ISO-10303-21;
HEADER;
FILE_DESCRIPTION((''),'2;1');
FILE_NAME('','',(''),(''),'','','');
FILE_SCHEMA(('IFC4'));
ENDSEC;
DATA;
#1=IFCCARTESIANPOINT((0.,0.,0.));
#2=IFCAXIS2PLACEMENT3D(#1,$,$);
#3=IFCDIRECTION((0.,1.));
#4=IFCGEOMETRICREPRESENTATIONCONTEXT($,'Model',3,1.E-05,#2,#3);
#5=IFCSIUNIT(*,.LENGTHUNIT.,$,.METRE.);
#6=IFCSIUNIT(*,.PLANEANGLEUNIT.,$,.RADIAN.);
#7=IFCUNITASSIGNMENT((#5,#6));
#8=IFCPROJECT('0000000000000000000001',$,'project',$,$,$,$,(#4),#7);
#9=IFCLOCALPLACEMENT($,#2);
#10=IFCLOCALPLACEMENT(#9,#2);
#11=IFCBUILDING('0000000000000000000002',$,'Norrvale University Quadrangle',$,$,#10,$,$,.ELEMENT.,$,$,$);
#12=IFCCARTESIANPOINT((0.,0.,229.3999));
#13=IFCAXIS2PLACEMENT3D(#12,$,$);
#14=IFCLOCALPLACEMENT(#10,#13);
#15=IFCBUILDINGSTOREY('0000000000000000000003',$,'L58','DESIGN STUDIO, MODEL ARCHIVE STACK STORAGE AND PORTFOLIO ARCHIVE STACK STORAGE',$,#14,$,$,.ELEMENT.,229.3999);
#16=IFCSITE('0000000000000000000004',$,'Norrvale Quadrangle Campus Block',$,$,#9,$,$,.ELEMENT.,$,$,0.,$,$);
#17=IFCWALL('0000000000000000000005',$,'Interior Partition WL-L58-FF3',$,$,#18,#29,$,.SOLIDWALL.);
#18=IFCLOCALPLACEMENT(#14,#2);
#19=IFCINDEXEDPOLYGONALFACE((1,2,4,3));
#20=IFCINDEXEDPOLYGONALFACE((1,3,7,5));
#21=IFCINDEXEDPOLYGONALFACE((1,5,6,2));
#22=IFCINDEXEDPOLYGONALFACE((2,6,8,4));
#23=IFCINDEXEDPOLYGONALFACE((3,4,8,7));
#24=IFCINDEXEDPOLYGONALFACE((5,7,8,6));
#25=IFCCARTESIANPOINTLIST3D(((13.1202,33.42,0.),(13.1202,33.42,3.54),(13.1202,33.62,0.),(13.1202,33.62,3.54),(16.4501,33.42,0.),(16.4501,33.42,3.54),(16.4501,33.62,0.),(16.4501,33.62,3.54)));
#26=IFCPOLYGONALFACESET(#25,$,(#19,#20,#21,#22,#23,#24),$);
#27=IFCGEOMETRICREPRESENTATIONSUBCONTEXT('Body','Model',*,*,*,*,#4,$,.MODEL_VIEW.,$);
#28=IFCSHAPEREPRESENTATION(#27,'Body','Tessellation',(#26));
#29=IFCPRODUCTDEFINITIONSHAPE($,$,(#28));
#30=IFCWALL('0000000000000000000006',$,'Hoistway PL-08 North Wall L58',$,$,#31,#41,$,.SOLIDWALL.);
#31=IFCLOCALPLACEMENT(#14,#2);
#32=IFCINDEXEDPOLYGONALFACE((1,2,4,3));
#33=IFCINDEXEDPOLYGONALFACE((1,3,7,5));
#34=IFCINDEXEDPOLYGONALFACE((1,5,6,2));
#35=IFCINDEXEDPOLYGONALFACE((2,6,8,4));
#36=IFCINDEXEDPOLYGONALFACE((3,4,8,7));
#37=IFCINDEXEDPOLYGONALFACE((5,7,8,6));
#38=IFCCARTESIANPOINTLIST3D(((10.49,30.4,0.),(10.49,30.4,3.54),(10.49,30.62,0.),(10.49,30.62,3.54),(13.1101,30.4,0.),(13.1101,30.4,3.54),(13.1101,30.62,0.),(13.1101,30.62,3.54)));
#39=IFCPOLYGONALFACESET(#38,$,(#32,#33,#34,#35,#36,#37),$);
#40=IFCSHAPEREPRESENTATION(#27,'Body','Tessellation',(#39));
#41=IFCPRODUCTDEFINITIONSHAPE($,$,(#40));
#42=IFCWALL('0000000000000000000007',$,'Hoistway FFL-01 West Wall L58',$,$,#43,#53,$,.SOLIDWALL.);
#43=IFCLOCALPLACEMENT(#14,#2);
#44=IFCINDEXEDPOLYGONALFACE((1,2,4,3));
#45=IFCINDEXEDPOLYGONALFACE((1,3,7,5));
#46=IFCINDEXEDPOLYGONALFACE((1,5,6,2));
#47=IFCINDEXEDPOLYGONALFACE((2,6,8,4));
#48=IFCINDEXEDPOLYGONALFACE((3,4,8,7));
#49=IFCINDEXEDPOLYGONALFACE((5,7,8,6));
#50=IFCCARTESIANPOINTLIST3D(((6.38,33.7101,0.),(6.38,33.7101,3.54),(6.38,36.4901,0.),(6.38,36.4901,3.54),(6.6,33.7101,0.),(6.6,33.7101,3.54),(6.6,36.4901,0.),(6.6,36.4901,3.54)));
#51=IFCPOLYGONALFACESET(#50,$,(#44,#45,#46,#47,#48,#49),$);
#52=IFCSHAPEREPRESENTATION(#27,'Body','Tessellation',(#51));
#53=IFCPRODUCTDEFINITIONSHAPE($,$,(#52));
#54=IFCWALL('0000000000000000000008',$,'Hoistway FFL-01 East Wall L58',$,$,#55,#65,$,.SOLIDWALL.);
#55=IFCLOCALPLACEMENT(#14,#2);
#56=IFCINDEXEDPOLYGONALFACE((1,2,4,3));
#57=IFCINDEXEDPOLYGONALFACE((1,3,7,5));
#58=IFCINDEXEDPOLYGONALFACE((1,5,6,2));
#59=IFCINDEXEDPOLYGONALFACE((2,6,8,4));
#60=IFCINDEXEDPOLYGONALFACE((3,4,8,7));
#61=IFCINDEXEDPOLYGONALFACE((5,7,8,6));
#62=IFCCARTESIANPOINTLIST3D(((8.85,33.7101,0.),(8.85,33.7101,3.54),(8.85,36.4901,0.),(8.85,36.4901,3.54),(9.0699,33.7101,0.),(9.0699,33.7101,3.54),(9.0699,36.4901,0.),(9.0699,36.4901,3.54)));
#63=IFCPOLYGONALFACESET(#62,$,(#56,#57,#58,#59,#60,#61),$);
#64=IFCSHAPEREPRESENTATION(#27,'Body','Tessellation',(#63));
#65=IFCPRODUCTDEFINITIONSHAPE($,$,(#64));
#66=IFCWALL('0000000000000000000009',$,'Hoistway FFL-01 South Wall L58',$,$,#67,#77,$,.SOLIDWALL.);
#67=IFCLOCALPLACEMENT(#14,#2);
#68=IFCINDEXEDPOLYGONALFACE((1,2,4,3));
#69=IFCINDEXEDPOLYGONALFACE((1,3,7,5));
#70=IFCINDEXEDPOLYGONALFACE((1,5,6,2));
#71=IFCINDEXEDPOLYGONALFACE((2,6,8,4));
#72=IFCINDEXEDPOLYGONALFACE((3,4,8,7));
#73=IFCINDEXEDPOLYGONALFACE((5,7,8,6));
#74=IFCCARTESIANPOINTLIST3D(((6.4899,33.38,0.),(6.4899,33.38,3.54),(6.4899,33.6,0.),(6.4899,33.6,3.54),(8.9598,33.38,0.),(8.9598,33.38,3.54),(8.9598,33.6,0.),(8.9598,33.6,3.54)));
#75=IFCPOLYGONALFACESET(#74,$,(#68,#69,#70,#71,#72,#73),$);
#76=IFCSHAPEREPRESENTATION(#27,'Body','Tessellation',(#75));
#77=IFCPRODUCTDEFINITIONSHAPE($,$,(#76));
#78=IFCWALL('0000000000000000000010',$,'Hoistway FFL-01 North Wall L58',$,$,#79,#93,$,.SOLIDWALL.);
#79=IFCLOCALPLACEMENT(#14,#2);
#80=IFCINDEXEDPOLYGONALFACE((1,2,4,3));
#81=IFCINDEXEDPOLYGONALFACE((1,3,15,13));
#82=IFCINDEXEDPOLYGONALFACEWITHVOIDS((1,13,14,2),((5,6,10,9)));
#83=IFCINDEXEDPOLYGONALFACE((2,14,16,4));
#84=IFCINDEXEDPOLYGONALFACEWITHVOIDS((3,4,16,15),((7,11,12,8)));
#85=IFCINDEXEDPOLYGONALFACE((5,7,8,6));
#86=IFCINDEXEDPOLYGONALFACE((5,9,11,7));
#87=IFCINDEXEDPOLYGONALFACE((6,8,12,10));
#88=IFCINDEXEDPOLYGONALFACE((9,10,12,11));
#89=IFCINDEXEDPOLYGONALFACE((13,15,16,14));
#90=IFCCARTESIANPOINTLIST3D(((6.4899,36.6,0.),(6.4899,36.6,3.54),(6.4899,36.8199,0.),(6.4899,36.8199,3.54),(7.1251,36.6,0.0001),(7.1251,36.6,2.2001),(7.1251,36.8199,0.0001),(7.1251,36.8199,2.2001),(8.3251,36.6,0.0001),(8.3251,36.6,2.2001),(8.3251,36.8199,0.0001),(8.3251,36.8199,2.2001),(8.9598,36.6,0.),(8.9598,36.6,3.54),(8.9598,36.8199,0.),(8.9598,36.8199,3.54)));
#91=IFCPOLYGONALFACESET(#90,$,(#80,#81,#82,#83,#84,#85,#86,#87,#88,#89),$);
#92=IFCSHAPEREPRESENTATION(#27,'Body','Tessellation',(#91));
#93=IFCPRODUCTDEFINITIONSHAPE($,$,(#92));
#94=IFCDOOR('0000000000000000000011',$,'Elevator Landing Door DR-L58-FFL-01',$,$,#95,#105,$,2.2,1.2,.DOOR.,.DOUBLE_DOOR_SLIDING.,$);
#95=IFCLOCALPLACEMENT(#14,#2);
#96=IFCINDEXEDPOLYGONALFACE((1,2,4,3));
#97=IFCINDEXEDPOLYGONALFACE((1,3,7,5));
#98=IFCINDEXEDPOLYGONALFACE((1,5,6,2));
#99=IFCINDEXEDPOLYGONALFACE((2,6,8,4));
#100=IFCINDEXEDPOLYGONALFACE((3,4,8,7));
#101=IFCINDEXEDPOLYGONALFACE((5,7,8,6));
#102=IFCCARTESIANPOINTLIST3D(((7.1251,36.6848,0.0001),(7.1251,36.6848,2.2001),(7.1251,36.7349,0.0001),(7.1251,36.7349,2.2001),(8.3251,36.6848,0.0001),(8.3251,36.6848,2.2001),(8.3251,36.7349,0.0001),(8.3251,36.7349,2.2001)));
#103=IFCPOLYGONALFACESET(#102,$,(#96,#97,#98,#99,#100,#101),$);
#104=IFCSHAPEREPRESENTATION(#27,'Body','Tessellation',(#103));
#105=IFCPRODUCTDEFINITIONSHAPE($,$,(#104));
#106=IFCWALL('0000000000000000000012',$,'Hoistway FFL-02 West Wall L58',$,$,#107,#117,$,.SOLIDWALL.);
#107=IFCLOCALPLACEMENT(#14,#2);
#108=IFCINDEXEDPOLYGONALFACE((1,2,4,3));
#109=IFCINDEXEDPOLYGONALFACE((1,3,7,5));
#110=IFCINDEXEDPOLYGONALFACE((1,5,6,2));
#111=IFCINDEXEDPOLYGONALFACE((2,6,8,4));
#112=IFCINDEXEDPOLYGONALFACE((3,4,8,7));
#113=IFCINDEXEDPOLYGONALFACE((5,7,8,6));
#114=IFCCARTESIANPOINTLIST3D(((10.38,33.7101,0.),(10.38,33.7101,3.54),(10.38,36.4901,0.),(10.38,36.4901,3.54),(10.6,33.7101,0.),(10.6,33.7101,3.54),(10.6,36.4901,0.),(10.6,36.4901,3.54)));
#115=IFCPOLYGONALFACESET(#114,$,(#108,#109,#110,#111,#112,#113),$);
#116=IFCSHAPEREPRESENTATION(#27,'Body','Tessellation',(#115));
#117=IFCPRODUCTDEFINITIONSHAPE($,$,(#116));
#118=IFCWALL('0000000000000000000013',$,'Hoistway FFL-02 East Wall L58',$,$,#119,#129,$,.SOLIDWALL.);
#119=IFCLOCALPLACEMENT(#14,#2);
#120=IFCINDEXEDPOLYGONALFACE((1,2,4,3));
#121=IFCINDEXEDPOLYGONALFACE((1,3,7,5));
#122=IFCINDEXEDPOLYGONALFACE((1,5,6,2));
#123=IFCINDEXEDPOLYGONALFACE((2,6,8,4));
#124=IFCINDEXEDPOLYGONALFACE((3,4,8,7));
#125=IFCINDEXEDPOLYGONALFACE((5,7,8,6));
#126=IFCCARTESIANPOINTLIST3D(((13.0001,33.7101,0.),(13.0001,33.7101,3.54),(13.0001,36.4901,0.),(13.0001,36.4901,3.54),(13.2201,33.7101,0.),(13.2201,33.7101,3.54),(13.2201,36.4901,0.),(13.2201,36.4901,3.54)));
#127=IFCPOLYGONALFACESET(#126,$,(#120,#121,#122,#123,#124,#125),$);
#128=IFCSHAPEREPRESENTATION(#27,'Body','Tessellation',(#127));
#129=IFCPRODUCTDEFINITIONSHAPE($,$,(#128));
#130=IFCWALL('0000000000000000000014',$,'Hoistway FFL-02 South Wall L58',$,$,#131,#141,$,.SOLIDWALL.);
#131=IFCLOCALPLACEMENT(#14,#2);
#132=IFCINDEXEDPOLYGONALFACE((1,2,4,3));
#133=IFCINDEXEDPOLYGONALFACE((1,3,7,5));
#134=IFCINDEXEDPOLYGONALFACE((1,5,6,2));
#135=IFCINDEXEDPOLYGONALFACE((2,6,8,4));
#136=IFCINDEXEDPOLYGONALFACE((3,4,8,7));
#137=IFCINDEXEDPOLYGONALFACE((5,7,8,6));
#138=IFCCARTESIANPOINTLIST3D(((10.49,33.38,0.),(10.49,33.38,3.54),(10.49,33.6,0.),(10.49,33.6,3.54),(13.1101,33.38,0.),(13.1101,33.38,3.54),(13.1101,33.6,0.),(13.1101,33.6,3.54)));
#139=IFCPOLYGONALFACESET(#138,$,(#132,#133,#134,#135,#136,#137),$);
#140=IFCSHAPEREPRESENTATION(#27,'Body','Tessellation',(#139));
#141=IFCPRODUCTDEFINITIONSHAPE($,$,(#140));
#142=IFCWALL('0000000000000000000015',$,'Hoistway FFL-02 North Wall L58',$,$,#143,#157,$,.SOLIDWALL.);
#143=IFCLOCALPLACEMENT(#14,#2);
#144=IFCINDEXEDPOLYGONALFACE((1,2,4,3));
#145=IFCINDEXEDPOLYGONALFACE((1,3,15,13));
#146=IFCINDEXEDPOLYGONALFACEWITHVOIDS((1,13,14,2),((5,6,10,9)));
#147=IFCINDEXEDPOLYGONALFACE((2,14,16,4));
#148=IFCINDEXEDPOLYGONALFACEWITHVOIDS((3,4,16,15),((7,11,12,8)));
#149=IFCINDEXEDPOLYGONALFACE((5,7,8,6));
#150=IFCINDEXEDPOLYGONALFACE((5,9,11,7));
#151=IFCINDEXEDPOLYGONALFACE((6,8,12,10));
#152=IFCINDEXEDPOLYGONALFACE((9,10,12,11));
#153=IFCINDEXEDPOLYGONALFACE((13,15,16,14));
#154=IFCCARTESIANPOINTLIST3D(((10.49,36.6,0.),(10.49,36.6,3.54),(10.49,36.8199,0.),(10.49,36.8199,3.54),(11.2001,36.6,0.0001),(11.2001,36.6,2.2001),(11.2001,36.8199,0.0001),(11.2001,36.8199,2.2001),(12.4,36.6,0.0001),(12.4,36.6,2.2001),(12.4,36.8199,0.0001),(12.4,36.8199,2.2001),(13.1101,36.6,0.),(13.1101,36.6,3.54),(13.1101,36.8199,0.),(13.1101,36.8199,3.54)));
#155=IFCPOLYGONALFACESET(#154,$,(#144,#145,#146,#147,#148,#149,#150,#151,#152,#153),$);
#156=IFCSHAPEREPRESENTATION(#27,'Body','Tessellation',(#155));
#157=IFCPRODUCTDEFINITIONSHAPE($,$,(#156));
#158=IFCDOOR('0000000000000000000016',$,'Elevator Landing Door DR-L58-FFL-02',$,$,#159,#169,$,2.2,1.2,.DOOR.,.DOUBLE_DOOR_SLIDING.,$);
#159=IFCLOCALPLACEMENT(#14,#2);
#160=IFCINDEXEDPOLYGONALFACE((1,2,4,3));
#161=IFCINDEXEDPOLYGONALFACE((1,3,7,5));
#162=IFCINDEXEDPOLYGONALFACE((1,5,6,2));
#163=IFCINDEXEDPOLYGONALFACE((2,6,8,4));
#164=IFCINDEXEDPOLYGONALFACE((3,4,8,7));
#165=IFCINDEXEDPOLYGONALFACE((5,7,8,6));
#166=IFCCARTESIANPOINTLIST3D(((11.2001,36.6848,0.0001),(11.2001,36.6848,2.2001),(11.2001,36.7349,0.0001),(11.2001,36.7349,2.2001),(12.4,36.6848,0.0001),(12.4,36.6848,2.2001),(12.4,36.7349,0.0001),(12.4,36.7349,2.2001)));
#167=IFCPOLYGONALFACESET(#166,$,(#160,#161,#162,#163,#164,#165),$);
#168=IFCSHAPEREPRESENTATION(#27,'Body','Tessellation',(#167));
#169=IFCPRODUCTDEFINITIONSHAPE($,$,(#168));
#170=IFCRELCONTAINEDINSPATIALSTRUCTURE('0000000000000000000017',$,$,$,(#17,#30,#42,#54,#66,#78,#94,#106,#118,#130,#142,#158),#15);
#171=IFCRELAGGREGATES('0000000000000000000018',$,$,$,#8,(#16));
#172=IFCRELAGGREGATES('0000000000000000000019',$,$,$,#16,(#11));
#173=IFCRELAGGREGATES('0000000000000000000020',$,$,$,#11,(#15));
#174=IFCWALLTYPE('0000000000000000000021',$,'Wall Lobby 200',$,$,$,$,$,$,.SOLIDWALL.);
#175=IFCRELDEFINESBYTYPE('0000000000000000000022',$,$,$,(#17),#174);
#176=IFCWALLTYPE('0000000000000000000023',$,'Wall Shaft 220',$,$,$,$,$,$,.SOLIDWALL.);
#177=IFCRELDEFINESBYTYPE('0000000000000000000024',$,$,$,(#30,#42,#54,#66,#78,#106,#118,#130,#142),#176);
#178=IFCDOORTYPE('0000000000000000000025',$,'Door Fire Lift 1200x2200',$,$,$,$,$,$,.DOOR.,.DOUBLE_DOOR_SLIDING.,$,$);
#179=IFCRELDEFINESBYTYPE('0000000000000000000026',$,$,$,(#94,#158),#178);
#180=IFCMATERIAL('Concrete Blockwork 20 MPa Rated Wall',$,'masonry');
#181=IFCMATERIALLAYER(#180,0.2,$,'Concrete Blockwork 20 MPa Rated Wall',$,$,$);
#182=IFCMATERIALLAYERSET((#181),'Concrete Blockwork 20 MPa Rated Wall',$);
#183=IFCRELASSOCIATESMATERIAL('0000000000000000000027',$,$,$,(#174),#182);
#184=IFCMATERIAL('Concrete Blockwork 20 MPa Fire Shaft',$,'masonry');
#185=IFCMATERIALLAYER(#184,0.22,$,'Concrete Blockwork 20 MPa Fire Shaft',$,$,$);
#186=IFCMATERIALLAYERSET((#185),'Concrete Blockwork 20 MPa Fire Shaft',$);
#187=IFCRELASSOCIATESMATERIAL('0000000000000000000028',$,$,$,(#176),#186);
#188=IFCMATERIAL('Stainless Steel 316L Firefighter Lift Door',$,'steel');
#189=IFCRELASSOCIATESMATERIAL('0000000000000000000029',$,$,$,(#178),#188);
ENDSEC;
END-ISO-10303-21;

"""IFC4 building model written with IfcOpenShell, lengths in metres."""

from ifc_helpers import new_model, si_unit, direction, frame, frame_2d, origin, place, context, subcontext, project, spatial, rectangle, extrude, material, layer, layer_set, type_object, element, fill, save


model = new_model("IFC4")

# Units and contexts
model_context = context("Model", 3, precision=1e-05, world=origin(), true_north=direction((0.0, 1.0)))
body_context = subcontext(model_context, "Body", "Model", "MODEL_VIEW")
ifc_project = project(units=[si_unit("LENGTHUNIT", "METRE"), si_unit("PLANEANGLEUNIT", "RADIAN")], contexts=[model_context])

# Site, building, storey
site_placement = place(None, origin())
site = spatial("IfcSite", under=ifc_project, at=site_placement, Name="Norrvale Quadrangle Campus Block", CompositionType="ELEMENT", RefElevation=0.0)
building_placement = place(site_placement, origin())
building = spatial("IfcBuilding", under=site, at=building_placement, Name="Norrvale University Quadrangle", CompositionType="ELEMENT")
storey_placement = place(building_placement, frame((0.0, 0.0, 229.3999)))
storey = spatial("IfcBuildingStorey", under=building, at=storey_placement, Name="L58", Description="DESIGN STUDIO, MODEL ARCHIVE STACK STORAGE AND PORTFOLIO ARCHIVE STACK STORAGE", CompositionType="ELEMENT", Elevation=229.3999)

# Walls
ifc_material_1 = material(Name="Concrete Blockwork 20 MPa Rated Wall", Category="masonry")
ifc_layer_1 = layer(ifc_material_1, 0.2, Name="Concrete Blockwork 20 MPa Rated Wall")
ifc_layer_set_1 = layer_set([ifc_layer_1], Name="Concrete Blockwork 20 MPa Rated Wall")
wall_type_1 = type_object("IfcWallType", Name="Wall Lobby 200", PredefinedType="SOLIDWALL", material=ifc_layer_set_1)
wall_1_placement = place(storey_placement, frame((13.1201, 33.52, 0.0), z_axis=(0.0, 0.0, 1.0), x_axis=(1.0, 0.0, 0.0)))
element("IfcWall", 1, at=wall_1_placement, inside=storey, type_object=wall_type_1, Name="Interior Partition WL-L58-FF3", PredefinedType="SOLIDWALL", context=body_context, shape_type="SweptSolid", body=[
    extrude(rectangle(XDim=3.3298, YDim=0.2, at=frame_2d((1.665, 0.0))), origin(), (0.0, 0.0, 1.0), 3.54),
])
ifc_material_2 = material(Name="Concrete Blockwork 20 MPa Fire Shaft", Category="masonry")
ifc_layer_2 = layer(ifc_material_2, 0.22, Name="Concrete Blockwork 20 MPa Fire Shaft")
ifc_layer_set_2 = layer_set([ifc_layer_2], Name="Concrete Blockwork 20 MPa Fire Shaft")
wall_type_2 = type_object("IfcWallType", Name="Wall Shaft 220", PredefinedType="SOLIDWALL", material=ifc_layer_set_2)
wall_2_placement = place(storey_placement, frame((10.49, 30.51, 0.0), z_axis=(0.0, 0.0, 1.0), x_axis=(1.0, 0.0, 0.0)))
element("IfcWall", 2, at=wall_2_placement, inside=storey, type_object=wall_type_2, Name="Hoistway PL-08 North Wall L58", PredefinedType="SOLIDWALL", context=body_context, shape_type="SweptSolid", body=[
    extrude(rectangle(XDim=2.6201, YDim=0.22, at=frame_2d((1.3101, 0.0))), origin(), (0.0, 0.0, 1.0), 3.54),
])
for number, where, z_axis, x_axis, name in (
    (3, (6.49, 33.71, 0.0), (0.0, 0.0, 1.0), (0.0, 1.0, 0.0), "Hoistway FFL-01 West Wall L58"),
    (4, (8.96, 33.71, 0.0), (0.0, 0.0, 1.0), (0.0, 1.0, 0.0), "Hoistway FFL-01 East Wall L58"),
):
    element("IfcWall", number, at=place(storey_placement, frame(where, z_axis=z_axis, x_axis=x_axis)), inside=storey, type_object=wall_type_2, Name=name, PredefinedType="SOLIDWALL", context=body_context, shape_type="SweptSolid", body=[
        extrude(rectangle(XDim=2.78, YDim=0.22, at=frame_2d((1.3901, 0.0))), origin(), (0.0, 0.0, 1.0), 3.54),
    ])
wall_3_placement = place(storey_placement, frame((6.49, 33.49, 0.0), z_axis=(0.0, 0.0, 1.0), x_axis=(1.0, 0.0, 0.0)))
element("IfcWall", 5, at=wall_3_placement, inside=storey, type_object=wall_type_2, Name="Hoistway FFL-01 South Wall L58", PredefinedType="SOLIDWALL", context=body_context, shape_type="SweptSolid", body=[
    extrude(rectangle(XDim=2.47, YDim=0.22, at=frame_2d((1.2349, 0.0))), origin(), (0.0, 0.0, 1.0), 3.54),
])

# Wall, opening, door
wall_4_placement = place(storey_placement, frame((6.49, 36.71, 0.0), z_axis=(0.0, 0.0, 1.0), x_axis=(1.0, 0.0, 0.0)))
wall_4 = element("IfcWall", 6, at=wall_4_placement, inside=storey, type_object=wall_type_2, Name="Hoistway FFL-01 North Wall L58", PredefinedType="SOLIDWALL", context=body_context, shape_type="SweptSolid", body=[
    extrude(rectangle(XDim=2.47, YDim=0.22, at=frame_2d((1.2349, 0.0))), origin(), (0.0, 0.0, 1.0), 3.54),
])
opening_1_placement = place(wall_4_placement, frame((0.635, 0.0, 0.0)))
opening_1 = element("IfcOpeningElement", 7, at=opening_1_placement, cuts=wall_4, PredefinedType="OPENING", context=body_context, shape_type="SweptSolid", body=[
    extrude(rectangle(XDim=1.2, YDim=2.2, at=frame_2d((0.6001, 1.1001))), frame((0.0, 0.1221, 0.0), z_axis=(0.0, -1.0, 0.0), x_axis=(1.0, 0.0, 0.0)), (0.0, 0.0, 1.0), 0.2439),
])
ifc_material_3 = material(Name="Stainless Steel 316L Firefighter Lift Door", Category="steel")
door_type_1 = type_object("IfcDoorType", Name="Door Fire Lift 1200x2200", OperationType="DOUBLE_DOOR_SLIDING", PredefinedType="DOOR", material=ifc_material_3)
door_1_placement = place(opening_1_placement, origin())
door_1 = element("IfcDoor", 8, at=door_1_placement, inside=storey, type_object=door_type_1, Name="Elevator Landing Door DR-L58-FFL-01", OperationType="DOUBLE_DOOR_SLIDING", OverallHeight=2.2, OverallWidth=1.2, PredefinedType="DOOR", context=body_context, shape_type="SweptSolid", body=[
    extrude(rectangle(XDim=1.2, YDim=2.2, at=frame_2d((0.6001, 1.1001))), frame((0.0, 0.0249, 0.0), z_axis=(0.0, -1.0, 0.0), x_axis=(1.0, 0.0, 0.0)), (0.0, 0.0, 1.0), 0.05),
])
fill(opening_1, door_1)

# Walls
for number, where, z_axis, x_axis, name in (
    (9, (10.49, 33.71, 0.0), (0.0, 0.0, 1.0), (0.0, 1.0, 0.0), "Hoistway FFL-02 West Wall L58"),
    (10, (13.1101, 33.71, 0.0), (0.0, 0.0, 1.0), (0.0, 1.0, 0.0), "Hoistway FFL-02 East Wall L58"),
):
    element("IfcWall", number, at=place(storey_placement, frame(where, z_axis=z_axis, x_axis=x_axis)), inside=storey, type_object=wall_type_2, Name=name, PredefinedType="SOLIDWALL", context=body_context, shape_type="SweptSolid", body=[
        extrude(rectangle(XDim=2.78, YDim=0.22, at=frame_2d((1.3901, 0.0))), origin(), (0.0, 0.0, 1.0), 3.54),
    ])
wall_5_placement = place(storey_placement, frame((10.49, 33.49, 0.0), z_axis=(0.0, 0.0, 1.0), x_axis=(1.0, 0.0, 0.0)))
element("IfcWall", 11, at=wall_5_placement, inside=storey, type_object=wall_type_2, Name="Hoistway FFL-02 South Wall L58", PredefinedType="SOLIDWALL", context=body_context, shape_type="SweptSolid", body=[
    extrude(rectangle(XDim=2.6201, YDim=0.22, at=frame_2d((1.3101, 0.0))), origin(), (0.0, 0.0, 1.0), 3.54),
])

# Wall, opening, door
wall_6_placement = place(storey_placement, frame((10.49, 36.71, 0.0), z_axis=(0.0, 0.0, 1.0), x_axis=(1.0, 0.0, 0.0)))
wall_6 = element("IfcWall", 12, at=wall_6_placement, inside=storey, type_object=wall_type_2, Name="Hoistway FFL-02 North Wall L58", PredefinedType="SOLIDWALL", context=body_context, shape_type="SweptSolid", body=[
    extrude(rectangle(XDim=2.6201, YDim=0.22, at=frame_2d((1.3101, 0.0))), origin(), (0.0, 0.0, 1.0), 3.54),
])
opening_2_placement = place(wall_6_placement, frame((0.71, 0.0, 0.0)))
opening_2 = element("IfcOpeningElement", 13, at=opening_2_placement, cuts=wall_6, PredefinedType="OPENING", context=body_context, shape_type="SweptSolid", body=[
    extrude(rectangle(XDim=1.2, YDim=2.2, at=frame_2d((0.6001, 1.1001))), frame((0.0, 0.1221, 0.0), z_axis=(0.0, -1.0, 0.0), x_axis=(1.0, 0.0, 0.0)), (0.0, 0.0, 1.0), 0.2439),
])
door_2_placement = place(opening_2_placement, origin())
door_2 = element("IfcDoor", 14, at=door_2_placement, inside=storey, type_object=door_type_1, Name="Elevator Landing Door DR-L58-FFL-02", OperationType="DOUBLE_DOOR_SLIDING", OverallHeight=2.2, OverallWidth=1.2, PredefinedType="DOOR", context=body_context, shape_type="SweptSolid", body=[
    extrude(rectangle(XDim=1.2, YDim=2.2, at=frame_2d((0.6001, 1.1001))), frame((0.0, 0.0249, 0.0), z_axis=(0.0, -1.0, 0.0), x_axis=(1.0, 0.0, 0.0)), (0.0, 0.0, 1.0), 0.05),
])
fill(opening_2, door_2)

save(model, "model.ifc")
